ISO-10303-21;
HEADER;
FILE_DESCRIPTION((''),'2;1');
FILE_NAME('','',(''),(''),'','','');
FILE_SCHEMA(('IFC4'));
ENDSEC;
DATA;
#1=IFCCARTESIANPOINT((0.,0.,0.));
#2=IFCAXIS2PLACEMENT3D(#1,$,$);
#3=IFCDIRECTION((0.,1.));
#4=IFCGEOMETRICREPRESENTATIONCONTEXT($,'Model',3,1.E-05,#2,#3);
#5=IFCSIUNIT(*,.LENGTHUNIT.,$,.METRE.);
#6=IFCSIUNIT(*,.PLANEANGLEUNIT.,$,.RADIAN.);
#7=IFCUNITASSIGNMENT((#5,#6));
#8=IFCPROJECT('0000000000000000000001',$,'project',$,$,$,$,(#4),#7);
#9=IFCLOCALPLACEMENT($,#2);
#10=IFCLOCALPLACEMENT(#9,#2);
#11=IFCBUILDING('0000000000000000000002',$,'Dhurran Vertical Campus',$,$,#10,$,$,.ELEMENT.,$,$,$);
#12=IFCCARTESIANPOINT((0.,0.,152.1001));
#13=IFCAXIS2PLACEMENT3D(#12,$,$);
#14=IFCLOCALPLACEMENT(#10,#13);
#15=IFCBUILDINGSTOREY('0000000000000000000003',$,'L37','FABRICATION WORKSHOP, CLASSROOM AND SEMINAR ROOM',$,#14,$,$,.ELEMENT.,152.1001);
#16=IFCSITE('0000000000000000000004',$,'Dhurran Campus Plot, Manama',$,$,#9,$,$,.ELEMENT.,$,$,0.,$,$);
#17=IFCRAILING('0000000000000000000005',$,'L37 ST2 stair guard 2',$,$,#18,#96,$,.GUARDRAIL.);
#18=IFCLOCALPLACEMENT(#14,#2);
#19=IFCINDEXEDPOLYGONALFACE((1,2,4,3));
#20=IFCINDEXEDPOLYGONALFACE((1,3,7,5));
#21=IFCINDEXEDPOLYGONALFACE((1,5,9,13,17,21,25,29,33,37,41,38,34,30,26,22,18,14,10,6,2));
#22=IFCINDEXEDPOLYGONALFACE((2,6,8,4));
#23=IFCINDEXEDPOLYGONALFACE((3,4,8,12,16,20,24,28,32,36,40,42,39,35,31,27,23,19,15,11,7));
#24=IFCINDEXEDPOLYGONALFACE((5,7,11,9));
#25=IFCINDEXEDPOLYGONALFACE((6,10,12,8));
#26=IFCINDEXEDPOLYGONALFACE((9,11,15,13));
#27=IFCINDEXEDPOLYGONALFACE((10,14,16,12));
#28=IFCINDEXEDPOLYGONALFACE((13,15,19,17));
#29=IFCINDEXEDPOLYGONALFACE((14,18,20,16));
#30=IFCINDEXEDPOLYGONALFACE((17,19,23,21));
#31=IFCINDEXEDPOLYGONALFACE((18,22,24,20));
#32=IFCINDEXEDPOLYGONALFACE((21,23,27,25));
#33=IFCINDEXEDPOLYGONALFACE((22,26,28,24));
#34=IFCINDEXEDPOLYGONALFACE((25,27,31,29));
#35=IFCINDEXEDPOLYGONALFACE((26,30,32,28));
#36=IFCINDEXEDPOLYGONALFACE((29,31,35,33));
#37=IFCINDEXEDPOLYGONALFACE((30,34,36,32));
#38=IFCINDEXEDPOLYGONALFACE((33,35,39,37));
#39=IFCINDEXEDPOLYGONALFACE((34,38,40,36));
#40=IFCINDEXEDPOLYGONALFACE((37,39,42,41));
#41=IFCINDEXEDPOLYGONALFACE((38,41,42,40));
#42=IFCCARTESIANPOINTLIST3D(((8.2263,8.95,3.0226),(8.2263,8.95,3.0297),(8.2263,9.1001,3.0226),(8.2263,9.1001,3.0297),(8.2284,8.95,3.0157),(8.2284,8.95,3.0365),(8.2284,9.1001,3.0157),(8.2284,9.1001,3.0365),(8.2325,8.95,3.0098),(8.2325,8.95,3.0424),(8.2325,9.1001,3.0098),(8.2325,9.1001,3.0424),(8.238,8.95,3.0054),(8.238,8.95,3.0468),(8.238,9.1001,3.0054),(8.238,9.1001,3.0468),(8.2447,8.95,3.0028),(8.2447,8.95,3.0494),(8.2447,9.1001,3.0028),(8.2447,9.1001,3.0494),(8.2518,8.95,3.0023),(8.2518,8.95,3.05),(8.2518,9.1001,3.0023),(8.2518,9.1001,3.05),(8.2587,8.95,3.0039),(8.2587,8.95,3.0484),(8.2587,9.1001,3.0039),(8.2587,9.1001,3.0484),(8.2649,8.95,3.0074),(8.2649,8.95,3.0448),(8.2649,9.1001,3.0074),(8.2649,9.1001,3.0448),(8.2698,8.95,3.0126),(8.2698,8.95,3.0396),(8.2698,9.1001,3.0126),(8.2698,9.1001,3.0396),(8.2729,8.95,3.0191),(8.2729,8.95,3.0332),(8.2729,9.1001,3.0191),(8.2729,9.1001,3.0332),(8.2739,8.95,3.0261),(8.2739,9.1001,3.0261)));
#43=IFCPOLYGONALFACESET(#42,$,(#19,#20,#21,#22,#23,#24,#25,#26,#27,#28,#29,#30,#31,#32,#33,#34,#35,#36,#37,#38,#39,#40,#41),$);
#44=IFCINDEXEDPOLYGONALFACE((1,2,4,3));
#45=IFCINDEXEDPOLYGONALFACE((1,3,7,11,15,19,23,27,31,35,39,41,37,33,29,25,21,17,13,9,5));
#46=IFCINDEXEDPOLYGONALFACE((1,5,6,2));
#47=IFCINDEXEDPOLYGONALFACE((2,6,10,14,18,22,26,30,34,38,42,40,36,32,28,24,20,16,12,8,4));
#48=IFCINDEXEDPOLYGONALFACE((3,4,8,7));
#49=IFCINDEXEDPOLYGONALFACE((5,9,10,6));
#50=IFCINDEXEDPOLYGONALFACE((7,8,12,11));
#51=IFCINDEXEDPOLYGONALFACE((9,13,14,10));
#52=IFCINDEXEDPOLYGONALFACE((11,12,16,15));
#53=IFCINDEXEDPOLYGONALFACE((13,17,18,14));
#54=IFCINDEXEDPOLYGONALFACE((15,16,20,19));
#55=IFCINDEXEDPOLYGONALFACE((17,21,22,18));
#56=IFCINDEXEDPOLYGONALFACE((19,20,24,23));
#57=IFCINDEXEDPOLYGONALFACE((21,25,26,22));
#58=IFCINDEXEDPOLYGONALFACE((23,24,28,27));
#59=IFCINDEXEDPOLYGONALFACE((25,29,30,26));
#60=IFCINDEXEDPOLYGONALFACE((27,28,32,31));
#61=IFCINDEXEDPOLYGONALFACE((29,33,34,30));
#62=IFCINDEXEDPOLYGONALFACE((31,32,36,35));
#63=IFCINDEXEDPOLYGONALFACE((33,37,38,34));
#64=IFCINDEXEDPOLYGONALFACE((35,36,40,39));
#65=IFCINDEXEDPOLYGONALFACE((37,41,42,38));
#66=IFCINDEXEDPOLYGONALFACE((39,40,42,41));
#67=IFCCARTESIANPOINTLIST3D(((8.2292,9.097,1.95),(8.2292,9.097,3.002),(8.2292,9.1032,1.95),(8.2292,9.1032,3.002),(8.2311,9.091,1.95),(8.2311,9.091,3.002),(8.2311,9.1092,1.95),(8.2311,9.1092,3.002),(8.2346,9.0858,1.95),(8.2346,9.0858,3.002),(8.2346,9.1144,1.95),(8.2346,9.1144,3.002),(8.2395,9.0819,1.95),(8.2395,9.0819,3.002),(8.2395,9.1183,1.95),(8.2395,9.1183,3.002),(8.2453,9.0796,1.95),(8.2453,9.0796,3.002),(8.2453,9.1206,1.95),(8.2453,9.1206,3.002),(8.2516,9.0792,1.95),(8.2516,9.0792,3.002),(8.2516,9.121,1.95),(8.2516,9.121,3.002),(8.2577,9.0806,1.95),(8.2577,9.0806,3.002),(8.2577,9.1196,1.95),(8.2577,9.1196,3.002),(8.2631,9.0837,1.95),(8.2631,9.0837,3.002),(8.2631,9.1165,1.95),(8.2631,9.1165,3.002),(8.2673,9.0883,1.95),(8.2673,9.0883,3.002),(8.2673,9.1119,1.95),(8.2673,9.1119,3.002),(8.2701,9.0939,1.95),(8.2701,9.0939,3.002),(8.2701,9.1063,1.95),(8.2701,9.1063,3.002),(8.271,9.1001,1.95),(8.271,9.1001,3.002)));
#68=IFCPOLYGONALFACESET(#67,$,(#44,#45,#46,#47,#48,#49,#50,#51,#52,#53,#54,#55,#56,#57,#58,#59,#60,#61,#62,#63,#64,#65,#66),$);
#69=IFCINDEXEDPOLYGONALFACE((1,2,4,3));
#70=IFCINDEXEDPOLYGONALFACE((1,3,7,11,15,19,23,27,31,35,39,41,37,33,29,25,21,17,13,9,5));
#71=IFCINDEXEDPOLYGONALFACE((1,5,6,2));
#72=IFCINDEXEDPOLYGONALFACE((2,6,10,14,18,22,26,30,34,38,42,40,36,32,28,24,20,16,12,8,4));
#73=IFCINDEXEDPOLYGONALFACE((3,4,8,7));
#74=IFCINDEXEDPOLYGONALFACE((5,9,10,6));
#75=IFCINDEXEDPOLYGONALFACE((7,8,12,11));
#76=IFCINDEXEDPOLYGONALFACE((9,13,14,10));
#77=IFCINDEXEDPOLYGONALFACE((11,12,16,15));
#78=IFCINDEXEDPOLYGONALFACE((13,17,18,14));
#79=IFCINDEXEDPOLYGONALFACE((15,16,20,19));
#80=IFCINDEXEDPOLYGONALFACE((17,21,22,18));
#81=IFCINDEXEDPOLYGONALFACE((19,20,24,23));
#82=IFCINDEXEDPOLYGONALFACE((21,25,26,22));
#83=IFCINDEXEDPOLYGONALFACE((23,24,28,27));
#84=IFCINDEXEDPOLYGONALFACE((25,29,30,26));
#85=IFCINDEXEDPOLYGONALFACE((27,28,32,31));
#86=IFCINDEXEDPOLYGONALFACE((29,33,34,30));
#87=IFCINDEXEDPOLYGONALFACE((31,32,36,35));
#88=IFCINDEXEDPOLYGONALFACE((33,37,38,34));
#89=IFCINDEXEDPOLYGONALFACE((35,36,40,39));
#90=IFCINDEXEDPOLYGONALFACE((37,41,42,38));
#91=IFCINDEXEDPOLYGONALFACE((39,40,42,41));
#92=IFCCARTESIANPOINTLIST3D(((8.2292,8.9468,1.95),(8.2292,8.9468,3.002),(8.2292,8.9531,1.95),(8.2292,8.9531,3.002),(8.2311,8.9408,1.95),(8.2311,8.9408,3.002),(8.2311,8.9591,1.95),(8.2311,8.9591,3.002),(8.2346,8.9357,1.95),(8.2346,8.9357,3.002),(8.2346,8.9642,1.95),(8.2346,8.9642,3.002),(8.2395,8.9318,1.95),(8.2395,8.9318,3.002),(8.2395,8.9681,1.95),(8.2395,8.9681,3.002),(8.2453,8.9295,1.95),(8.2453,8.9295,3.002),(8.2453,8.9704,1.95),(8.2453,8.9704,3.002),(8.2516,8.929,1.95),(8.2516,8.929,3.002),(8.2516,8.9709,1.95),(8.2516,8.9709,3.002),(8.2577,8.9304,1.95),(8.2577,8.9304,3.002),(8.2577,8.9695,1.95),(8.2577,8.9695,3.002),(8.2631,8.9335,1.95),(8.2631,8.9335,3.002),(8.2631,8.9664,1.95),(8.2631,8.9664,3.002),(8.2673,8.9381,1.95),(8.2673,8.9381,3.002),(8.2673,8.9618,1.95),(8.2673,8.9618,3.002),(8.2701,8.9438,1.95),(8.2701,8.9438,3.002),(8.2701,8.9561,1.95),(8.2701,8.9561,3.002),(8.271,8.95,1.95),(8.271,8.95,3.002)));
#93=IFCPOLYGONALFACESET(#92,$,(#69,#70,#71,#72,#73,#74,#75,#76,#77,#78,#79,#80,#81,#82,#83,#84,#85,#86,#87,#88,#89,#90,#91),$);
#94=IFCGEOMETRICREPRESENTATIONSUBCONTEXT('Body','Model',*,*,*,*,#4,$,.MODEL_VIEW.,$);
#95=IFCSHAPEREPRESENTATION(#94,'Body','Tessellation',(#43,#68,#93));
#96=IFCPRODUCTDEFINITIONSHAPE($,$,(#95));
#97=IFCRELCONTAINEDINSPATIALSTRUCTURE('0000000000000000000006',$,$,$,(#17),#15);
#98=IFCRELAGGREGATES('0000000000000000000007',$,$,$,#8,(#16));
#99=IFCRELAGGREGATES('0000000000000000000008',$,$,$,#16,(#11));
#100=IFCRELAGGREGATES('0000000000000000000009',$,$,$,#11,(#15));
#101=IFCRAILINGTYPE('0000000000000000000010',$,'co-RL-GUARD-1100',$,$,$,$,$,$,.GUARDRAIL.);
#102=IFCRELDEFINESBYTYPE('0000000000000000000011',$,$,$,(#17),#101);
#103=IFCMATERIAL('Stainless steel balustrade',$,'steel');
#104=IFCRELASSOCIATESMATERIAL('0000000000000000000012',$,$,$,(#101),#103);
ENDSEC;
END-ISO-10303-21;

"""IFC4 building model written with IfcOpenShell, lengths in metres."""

from ifc_helpers import new_model, si_unit, direction, frame, origin, origin_2d, place, context, subcontext, project, spatial, circle, extrude, material, type_object, element, save


model = new_model("IFC4")

# Units and contexts
model_context = context("Model", 3, precision=1e-05, world=origin(), true_north=direction((0.0, 1.0)))
body_context = subcontext(model_context, "Body", "Model", "MODEL_VIEW")
ifc_project = project(units=[si_unit("LENGTHUNIT", "METRE"), si_unit("PLANEANGLEUNIT", "RADIAN")], contexts=[model_context])

# Site, building, storey
site_placement = place(None, origin())
site = spatial("IfcSite", under=ifc_project, at=site_placement, Name="Dhurran Campus Plot, Manama", CompositionType="ELEMENT", RefElevation=0.0)
building_placement = place(site_placement, origin())
building = spatial("IfcBuilding", under=site, at=building_placement, Name="Dhurran Vertical Campus", CompositionType="ELEMENT")
storey_placement = place(building_placement, frame((0.0, 0.0, 152.1001)))
storey = spatial("IfcBuildingStorey", under=building, at=storey_placement, Name="L37", Description="FABRICATION WORKSHOP, CLASSROOM AND SEMINAR ROOM", CompositionType="ELEMENT", Elevation=152.1001)

# Railing
ifc_material_1 = material(Name="Stainless steel balustrade", Category="steel")
railing_type_1 = type_object("IfcRailingType", Name="co-RL-GUARD-1100", PredefinedType="GUARDRAIL", material=ifc_material_1)
railing_1_placement = place(storey_placement, frame((8.25, 9.1001, 1.95)))
element("IfcRailing", 1, at=railing_1_placement, inside=storey, type_object=railing_type_1, Name="L37 ST2 stair guard 2", PredefinedType="GUARDRAIL", context=body_context, shape_type="SweptSolid", body=[
    extrude(circle(Radius=0.0239, at=origin_2d()), frame((0.0, 0.0, 1.0762), z_axis=(0.0, -1.0, 0.0), x_axis=(1.0, 0.0, 0.0)), (0.0, 0.0, 1.0), 0.1501),
    extrude(circle(Radius=0.021, at=origin_2d()), origin(), (0.0, 0.0, 1.0), 1.052),
    extrude(circle(Radius=0.021, at=origin_2d()), frame((0.0, -0.1501, 0.0)), (0.0, 0.0, 1.0), 1.052),
])

save(model, "model.ifc")
